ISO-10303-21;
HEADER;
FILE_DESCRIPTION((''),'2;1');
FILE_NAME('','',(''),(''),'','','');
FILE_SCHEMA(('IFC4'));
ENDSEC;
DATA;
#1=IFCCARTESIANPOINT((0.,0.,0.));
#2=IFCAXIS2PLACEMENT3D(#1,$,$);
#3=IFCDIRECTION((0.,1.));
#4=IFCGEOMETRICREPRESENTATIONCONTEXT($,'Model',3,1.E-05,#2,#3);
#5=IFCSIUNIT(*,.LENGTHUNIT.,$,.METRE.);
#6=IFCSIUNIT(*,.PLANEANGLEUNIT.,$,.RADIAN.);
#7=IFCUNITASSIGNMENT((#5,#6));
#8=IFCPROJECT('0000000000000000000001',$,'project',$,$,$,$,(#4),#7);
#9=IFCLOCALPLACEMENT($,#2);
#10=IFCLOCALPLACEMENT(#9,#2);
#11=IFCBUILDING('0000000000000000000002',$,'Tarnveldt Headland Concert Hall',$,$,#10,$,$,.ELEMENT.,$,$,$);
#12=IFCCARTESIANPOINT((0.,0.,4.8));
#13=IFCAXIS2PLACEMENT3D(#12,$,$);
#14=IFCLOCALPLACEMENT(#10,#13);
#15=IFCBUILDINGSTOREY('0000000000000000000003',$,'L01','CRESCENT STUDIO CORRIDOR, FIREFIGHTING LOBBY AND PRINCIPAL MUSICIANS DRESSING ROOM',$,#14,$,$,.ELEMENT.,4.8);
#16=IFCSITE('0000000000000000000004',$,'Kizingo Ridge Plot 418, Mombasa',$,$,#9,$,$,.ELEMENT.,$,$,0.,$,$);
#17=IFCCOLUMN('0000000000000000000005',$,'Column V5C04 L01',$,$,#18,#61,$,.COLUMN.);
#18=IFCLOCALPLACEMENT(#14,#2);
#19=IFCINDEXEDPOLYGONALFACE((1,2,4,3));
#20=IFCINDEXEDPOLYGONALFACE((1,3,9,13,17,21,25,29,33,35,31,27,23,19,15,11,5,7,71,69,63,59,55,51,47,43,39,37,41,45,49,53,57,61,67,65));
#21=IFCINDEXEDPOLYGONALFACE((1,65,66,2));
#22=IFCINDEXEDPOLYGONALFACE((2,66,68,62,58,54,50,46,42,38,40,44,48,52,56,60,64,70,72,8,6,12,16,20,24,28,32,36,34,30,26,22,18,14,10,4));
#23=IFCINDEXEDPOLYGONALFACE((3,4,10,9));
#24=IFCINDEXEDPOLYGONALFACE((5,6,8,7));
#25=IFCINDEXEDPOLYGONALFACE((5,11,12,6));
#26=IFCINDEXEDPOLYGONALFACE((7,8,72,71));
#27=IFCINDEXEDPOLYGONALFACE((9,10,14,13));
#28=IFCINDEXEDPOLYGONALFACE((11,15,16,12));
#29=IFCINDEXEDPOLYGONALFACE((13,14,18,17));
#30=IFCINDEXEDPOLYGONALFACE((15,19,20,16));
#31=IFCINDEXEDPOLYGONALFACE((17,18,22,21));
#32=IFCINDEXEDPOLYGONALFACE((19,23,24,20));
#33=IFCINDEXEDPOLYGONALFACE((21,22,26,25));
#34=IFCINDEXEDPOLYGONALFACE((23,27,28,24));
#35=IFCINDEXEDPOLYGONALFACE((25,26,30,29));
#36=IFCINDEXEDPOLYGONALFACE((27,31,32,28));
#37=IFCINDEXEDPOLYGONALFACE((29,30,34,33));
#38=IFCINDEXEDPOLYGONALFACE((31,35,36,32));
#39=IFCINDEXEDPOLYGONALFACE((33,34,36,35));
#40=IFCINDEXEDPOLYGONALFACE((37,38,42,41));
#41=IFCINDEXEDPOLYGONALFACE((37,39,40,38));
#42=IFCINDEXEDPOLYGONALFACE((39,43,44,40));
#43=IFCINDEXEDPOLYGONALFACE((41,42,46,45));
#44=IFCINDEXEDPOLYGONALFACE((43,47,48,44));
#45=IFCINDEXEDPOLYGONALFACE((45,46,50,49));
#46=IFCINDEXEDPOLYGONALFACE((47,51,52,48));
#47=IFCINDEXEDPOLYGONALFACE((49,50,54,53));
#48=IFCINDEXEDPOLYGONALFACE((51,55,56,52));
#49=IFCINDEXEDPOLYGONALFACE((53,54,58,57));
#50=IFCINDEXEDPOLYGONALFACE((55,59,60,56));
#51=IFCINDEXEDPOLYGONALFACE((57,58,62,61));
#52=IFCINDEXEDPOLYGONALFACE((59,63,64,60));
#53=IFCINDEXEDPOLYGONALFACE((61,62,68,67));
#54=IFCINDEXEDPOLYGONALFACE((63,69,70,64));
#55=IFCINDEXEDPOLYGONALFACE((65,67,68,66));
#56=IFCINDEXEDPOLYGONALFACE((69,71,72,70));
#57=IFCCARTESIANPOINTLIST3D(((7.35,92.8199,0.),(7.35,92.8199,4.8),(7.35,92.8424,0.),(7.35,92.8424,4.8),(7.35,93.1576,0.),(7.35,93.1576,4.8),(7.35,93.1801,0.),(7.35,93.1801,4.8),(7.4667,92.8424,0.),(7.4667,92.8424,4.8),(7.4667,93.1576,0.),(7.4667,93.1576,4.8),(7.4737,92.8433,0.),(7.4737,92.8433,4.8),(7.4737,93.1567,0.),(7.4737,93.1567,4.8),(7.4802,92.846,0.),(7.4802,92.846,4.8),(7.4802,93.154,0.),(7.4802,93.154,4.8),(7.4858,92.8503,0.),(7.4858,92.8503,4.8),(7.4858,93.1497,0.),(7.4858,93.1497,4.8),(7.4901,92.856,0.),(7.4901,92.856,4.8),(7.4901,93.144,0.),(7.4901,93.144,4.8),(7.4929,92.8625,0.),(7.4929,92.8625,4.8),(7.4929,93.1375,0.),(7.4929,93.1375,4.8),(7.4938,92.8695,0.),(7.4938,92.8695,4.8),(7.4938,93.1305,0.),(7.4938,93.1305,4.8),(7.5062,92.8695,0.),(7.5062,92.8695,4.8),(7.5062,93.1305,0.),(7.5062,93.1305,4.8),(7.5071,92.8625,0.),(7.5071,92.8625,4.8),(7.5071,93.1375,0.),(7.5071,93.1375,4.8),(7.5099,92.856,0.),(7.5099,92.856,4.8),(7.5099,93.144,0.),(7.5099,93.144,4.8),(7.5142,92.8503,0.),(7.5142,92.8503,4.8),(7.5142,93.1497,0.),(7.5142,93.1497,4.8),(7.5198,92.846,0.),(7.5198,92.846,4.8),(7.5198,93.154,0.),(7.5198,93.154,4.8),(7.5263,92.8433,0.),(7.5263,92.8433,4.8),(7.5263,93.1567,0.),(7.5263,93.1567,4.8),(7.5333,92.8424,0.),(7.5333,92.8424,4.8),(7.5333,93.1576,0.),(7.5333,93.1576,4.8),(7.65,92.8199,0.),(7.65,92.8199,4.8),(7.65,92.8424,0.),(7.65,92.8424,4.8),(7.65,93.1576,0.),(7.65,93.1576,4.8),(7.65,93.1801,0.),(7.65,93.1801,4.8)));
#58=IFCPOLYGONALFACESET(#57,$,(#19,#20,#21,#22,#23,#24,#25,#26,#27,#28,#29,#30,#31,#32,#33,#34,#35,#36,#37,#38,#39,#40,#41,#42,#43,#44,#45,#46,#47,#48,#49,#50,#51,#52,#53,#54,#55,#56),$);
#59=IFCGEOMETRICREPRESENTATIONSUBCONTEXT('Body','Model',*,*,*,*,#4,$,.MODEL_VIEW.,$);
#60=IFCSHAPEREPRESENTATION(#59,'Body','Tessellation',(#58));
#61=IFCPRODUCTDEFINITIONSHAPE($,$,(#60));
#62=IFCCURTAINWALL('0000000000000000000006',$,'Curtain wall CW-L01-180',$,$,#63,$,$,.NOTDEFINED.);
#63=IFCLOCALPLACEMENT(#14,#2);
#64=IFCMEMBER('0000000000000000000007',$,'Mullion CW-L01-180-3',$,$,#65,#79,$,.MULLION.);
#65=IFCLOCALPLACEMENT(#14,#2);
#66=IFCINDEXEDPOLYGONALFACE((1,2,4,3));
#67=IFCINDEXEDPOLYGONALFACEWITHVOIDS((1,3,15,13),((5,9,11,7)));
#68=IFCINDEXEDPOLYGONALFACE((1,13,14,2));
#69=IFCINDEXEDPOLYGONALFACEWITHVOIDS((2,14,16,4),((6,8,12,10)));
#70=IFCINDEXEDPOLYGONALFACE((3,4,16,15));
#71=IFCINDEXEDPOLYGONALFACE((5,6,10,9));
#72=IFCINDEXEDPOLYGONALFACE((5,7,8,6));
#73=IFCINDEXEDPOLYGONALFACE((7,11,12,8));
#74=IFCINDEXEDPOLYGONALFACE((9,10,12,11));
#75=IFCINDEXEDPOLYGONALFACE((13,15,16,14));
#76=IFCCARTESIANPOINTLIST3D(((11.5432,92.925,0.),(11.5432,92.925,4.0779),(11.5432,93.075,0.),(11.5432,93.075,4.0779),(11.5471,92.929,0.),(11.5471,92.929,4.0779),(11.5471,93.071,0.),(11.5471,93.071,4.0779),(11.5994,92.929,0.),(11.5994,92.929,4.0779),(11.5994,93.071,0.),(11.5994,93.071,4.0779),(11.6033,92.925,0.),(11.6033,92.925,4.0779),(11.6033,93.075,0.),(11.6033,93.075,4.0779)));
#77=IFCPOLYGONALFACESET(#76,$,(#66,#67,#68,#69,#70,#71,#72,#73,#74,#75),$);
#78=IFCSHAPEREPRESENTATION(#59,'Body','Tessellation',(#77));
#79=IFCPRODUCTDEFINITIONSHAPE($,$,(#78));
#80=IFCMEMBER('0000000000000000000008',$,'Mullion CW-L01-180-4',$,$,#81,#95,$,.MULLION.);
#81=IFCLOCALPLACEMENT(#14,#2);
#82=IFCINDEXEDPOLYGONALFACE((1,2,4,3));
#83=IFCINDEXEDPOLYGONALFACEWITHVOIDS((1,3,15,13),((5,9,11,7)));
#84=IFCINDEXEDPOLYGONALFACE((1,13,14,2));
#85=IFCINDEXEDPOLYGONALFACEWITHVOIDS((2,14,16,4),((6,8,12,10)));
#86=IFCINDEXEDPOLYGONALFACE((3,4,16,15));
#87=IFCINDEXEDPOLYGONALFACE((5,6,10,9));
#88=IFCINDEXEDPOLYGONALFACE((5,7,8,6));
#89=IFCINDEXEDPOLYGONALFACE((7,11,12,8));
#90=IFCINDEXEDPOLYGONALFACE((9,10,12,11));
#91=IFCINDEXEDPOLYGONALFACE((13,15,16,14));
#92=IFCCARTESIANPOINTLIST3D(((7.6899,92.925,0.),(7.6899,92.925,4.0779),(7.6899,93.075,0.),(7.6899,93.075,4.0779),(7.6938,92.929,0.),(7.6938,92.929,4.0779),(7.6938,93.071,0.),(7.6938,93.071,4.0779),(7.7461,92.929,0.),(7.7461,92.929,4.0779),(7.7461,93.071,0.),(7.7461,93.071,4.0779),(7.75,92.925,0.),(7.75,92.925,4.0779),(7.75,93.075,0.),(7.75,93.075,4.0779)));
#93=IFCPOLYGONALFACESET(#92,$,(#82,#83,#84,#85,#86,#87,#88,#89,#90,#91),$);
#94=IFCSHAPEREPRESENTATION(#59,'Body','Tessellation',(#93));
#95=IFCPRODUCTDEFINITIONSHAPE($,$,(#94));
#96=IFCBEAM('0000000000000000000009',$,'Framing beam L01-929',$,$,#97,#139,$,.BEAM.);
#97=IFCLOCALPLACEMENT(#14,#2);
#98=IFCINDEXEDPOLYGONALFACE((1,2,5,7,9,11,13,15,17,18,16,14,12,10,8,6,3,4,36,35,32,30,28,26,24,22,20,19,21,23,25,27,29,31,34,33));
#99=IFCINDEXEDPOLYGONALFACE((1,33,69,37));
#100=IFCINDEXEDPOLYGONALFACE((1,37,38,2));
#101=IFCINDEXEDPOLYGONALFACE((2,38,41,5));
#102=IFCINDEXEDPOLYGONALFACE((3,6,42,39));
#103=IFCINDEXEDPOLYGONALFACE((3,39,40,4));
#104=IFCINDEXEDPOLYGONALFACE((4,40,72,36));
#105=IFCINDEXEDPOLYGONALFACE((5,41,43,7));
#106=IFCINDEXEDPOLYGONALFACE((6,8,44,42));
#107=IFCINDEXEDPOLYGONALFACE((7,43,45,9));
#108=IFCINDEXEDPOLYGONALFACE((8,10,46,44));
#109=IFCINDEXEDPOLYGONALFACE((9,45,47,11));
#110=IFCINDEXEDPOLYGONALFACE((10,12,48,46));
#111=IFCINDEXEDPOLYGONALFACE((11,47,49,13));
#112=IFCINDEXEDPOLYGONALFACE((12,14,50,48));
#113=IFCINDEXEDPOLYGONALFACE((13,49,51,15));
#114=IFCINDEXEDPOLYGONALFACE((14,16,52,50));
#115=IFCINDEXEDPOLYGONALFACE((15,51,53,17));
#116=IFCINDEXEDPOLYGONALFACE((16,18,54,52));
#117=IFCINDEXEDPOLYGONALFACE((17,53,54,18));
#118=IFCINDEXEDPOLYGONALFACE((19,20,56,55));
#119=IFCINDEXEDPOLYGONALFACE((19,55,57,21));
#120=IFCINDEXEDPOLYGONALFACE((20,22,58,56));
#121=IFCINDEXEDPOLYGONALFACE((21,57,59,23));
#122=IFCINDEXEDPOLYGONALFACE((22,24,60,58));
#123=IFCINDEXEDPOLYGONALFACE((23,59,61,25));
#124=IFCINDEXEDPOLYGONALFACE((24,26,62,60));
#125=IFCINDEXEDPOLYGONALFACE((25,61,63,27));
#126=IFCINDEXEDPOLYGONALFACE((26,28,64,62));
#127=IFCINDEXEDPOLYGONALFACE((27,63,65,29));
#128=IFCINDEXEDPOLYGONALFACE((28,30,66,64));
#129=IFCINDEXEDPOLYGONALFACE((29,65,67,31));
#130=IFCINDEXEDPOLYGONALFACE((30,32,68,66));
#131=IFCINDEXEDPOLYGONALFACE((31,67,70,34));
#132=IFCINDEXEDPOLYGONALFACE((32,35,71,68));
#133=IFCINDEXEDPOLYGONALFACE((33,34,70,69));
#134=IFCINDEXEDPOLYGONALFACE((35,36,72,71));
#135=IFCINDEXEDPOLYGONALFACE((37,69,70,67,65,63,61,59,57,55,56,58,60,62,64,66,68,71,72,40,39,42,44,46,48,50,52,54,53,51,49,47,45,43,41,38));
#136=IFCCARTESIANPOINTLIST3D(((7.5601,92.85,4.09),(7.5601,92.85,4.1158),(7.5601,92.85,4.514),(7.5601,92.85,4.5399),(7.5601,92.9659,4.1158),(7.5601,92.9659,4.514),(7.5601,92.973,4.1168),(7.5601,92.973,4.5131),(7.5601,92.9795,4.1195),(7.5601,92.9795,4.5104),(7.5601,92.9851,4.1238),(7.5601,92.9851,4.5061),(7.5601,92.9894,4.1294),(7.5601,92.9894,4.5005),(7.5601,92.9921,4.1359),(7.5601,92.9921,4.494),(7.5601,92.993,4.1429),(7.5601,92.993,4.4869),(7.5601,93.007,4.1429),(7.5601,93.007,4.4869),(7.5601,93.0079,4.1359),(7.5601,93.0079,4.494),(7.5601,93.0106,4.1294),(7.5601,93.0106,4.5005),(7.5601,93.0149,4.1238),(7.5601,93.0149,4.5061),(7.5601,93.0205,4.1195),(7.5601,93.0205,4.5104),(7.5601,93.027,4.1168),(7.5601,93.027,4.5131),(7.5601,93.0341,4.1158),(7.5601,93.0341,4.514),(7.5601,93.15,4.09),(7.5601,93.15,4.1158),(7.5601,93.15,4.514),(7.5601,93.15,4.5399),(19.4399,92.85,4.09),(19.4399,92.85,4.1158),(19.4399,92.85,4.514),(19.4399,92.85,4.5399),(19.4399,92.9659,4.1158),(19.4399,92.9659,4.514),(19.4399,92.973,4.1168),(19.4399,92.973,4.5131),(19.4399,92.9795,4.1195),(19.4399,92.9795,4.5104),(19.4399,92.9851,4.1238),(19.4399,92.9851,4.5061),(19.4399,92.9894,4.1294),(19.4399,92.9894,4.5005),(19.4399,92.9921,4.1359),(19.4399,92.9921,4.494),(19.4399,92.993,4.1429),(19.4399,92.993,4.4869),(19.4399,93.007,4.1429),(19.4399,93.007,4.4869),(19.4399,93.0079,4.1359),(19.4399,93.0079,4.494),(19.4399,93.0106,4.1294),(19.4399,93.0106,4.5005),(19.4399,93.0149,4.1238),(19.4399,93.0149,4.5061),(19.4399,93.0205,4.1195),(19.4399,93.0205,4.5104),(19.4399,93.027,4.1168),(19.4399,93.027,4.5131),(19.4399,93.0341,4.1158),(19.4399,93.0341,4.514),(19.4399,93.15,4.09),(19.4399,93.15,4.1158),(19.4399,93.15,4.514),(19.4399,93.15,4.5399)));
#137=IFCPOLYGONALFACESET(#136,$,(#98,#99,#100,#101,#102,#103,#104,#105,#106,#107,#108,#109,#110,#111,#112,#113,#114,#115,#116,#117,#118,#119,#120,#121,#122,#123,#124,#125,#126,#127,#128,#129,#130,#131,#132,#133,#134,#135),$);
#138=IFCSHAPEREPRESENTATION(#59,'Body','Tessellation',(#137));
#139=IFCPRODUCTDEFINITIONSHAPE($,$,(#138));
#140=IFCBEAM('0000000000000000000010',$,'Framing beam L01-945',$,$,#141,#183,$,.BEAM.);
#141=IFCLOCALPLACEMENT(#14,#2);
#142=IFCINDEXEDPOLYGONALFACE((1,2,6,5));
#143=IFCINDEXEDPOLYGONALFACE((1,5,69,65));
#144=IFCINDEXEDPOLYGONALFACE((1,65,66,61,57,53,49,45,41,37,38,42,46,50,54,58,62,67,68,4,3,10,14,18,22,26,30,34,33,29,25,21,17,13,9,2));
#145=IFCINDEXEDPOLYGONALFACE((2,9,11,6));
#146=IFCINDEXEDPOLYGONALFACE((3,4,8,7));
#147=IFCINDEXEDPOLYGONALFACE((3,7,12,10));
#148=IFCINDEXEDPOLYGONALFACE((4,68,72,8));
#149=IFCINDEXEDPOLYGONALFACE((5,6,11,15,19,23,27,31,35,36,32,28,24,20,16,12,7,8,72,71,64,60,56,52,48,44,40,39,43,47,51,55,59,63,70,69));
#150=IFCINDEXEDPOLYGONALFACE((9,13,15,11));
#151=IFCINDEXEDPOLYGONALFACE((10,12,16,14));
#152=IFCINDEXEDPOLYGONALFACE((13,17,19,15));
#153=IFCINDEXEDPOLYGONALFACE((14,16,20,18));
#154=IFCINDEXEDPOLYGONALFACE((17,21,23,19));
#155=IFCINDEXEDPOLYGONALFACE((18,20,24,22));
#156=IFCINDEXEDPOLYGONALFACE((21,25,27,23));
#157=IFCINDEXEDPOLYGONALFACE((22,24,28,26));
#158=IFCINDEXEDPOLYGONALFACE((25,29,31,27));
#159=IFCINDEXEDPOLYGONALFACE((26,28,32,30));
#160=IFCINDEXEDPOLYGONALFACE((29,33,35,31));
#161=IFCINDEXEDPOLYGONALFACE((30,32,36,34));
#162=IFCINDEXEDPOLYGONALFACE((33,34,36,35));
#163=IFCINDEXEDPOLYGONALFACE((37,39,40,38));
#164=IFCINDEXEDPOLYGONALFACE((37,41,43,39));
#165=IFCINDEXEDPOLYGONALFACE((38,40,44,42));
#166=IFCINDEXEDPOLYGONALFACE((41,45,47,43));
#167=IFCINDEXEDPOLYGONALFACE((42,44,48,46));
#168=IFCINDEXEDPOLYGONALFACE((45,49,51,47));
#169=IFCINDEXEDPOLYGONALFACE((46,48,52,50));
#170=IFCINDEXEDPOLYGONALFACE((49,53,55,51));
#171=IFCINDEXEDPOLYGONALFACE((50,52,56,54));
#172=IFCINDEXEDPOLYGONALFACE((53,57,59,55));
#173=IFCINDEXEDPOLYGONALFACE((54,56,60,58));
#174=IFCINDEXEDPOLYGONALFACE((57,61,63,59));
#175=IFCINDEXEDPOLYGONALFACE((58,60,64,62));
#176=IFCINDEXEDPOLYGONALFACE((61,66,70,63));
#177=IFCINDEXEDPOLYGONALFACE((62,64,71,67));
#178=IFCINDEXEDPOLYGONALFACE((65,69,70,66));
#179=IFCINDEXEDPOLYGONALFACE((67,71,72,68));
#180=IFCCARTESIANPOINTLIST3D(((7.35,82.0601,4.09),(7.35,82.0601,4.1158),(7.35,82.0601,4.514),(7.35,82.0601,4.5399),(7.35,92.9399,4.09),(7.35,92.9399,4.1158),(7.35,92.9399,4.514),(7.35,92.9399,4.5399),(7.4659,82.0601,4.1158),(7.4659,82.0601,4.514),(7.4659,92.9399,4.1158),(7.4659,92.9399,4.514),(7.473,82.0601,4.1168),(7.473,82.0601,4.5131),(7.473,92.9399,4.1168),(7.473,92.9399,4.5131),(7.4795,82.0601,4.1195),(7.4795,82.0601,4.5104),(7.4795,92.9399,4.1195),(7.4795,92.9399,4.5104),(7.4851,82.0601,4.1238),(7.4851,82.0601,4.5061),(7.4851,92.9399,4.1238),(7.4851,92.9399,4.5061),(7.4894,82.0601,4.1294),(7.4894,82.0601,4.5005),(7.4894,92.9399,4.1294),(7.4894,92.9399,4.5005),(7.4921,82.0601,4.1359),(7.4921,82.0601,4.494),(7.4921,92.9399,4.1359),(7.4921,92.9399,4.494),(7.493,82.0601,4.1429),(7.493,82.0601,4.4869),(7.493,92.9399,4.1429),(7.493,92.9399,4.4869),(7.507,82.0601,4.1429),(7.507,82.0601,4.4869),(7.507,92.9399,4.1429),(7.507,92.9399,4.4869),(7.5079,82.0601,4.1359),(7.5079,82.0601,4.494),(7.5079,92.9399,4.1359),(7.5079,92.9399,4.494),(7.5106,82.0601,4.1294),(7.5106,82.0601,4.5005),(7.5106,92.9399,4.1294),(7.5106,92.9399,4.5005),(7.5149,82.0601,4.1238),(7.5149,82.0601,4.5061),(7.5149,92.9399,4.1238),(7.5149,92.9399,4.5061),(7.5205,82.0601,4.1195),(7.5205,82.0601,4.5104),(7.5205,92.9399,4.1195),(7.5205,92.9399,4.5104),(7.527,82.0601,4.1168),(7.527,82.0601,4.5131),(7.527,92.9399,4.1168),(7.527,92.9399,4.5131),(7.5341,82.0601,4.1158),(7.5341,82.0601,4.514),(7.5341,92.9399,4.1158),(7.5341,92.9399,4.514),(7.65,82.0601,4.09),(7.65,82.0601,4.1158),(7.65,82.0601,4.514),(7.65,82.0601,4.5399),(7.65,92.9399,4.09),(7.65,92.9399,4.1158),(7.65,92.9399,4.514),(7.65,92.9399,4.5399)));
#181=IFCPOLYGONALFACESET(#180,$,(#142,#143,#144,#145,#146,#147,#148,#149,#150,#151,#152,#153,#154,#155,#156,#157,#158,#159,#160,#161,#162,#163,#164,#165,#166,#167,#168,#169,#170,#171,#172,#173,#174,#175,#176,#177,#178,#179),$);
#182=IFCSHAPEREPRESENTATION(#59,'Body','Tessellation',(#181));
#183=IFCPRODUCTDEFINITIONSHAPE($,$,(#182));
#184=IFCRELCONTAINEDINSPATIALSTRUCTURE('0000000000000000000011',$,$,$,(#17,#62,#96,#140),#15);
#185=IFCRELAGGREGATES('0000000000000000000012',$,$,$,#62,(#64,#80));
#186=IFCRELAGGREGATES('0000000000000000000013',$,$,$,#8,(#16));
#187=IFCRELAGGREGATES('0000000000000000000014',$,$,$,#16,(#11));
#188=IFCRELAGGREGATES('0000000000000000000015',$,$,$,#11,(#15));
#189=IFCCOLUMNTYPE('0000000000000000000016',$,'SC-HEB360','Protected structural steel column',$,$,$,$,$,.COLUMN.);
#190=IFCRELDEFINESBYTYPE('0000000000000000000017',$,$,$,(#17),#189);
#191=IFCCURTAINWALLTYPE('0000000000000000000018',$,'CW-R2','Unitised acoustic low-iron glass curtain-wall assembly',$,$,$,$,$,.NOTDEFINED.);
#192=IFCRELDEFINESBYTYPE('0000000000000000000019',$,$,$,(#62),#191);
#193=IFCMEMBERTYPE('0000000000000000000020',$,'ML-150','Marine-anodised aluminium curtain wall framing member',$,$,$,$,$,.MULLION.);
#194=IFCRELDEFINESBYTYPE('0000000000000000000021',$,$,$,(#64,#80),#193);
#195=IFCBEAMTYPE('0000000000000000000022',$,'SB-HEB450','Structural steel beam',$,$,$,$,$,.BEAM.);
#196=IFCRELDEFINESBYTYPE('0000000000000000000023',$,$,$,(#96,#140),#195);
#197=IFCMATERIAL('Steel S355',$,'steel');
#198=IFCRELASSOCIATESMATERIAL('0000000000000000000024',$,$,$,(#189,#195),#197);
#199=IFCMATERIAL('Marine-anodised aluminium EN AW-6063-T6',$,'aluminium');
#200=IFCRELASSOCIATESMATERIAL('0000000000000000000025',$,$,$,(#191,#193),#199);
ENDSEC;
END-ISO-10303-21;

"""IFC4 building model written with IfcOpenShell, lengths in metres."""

from ifc_helpers import new_model, si_unit, direction, frame, origin, origin_2d, place, context, subcontext, project, spatial, hollow_rectangle, i_section, extrude, material, material_profile, profile_set, type_object, element, aggregate, save


model = new_model("IFC4")

# Units and contexts
model_context = context("Model", 3, precision=1e-05, world=origin(), true_north=direction((0.0, 1.0)))
body_context = subcontext(model_context, "Body", "Model", "MODEL_VIEW")
ifc_project = project(units=[si_unit("LENGTHUNIT", "METRE"), si_unit("PLANEANGLEUNIT", "RADIAN")], contexts=[model_context])

# Site, building, storey
site_placement = place(None, origin())
site = spatial("IfcSite", under=ifc_project, at=site_placement, Name="Kizingo Ridge Plot 418, Mombasa", CompositionType="ELEMENT", RefElevation=0.0)
building_placement = place(site_placement, origin())
building = spatial("IfcBuilding", under=site, at=building_placement, Name="Tarnveldt Headland Concert Hall", CompositionType="ELEMENT")
storey_placement = place(building_placement, frame((0.0, 0.0, 4.8)))
storey = spatial("IfcBuildingStorey", under=building, at=storey_placement, Name="L01", Description="CRESCENT STUDIO CORRIDOR, FIREFIGHTING LOBBY AND PRINCIPAL MUSICIANS DRESSING ROOM", CompositionType="ELEMENT", Elevation=4.8)

# Column
ifc_material_1 = material(Name="Steel S355", Category="steel")
ifc_material_profile_1 = material_profile(ifc_material_1, i_section(OverallWidth=0.3, OverallDepth=0.3601, WebThickness=0.0125, FlangeThickness=0.0225, FilletRadius=0.0271, at=origin_2d()), Name="HEB360", Category="steel")
ifc_profile_set_1 = profile_set([ifc_material_profile_1], Name="Steel S355")
column_type = type_object("IfcColumnType", Name="SC-HEB360", Description="Protected structural steel column", PredefinedType="COLUMN", material=ifc_profile_set_1)
column_placement = place(storey_placement, frame((7.5, 93.0, 0.0), z_axis=(0.0, 0.0, 1.0), x_axis=(1.0, 0.0, 0.0)))
element("IfcColumn", 1, at=column_placement, inside=storey, type_object=column_type, Name="Column V5C04 L01", PredefinedType="COLUMN", context=body_context, shape_type="SweptSolid", body=[
    extrude(i_section(OverallWidth=0.3, OverallDepth=0.3601, WebThickness=0.0125, FlangeThickness=0.0225, FilletRadius=0.0271, at=origin_2d()), origin(), (0.0, 0.0, 1.0), 4.8),
])

# Curtain wall, members
ifc_material_2 = material(Name="Marine-anodised aluminium EN AW-6063-T6", Category="aluminium")
curtain_wall_type = type_object("IfcCurtainWallType", Name="CW-R2", Description="Unitised acoustic low-iron glass curtain-wall assembly", PredefinedType="NOTDEFINED", material=ifc_material_2)
curtain_wall_placement = place(storey_placement, origin())
curtain_wall = element("IfcCurtainWall", 2, at=curtain_wall_placement, inside=storey, type_object=curtain_wall_type, Name="Curtain wall CW-L01-180", PredefinedType="NOTDEFINED")
ifc_material_profile_2 = material_profile(ifc_material_2, hollow_rectangle(XDim=0.0601, YDim=0.1499, WallThickness=0.0039, at=origin_2d()), Name="ALU MULLION 60x150x4", Category="aluminium")
ifc_profile_set_2 = profile_set([ifc_material_profile_2], Name="Marine-anodised aluminium EN AW-6063-T6")
member_type_1 = type_object("IfcMemberType", Name="ML-150", Description="Marine-anodised aluminium curtain wall framing member", PredefinedType="MULLION", material=ifc_profile_set_2)
member_1_placement = place(storey_placement, frame((11.5732, 93.0, 0.0), z_axis=(0.0, 0.0, 1.0), x_axis=(1.0, 0.0, 0.0)))
member_1 = element("IfcMember", 3, at=member_1_placement, type_object=member_type_1, Name="Mullion CW-L01-180-3", PredefinedType="MULLION", context=body_context, shape_type="SweptSolid", body=[
    extrude(hollow_rectangle(XDim=0.0601, YDim=0.1499, WallThickness=0.0039, at=origin_2d()), origin(), (0.0, 0.0, 1.0), 4.0779),
])
member_2_placement = place(storey_placement, frame((7.72, 93.0, 0.0), z_axis=(0.0, 0.0, 1.0), x_axis=(1.0, 0.0, 0.0)))
member_2 = element("IfcMember", 4, at=member_2_placement, type_object=member_type_1, Name="Mullion CW-L01-180-4", PredefinedType="MULLION", context=body_context, shape_type="SweptSolid", body=[
    extrude(hollow_rectangle(XDim=0.0601, YDim=0.1499, WallThickness=0.0039, at=origin_2d()), origin(), (0.0, 0.0, 1.0), 4.0779),
])

# Beams
ifc_material_profile_3 = material_profile(ifc_material_1, i_section(OverallWidth=0.3, OverallDepth=0.45, WebThickness=0.0139, FlangeThickness=0.0259, FilletRadius=0.0271, at=origin_2d()), Name="HEB450", Category="steel")
ifc_profile_set_3 = profile_set([ifc_material_profile_3], Name="Steel S355")
beam_type_1 = type_object("IfcBeamType", Name="SB-HEB450", Description="Structural steel beam", PredefinedType="BEAM", material=ifc_profile_set_3)
beam_placement = place(storey_placement, frame((7.5601, 93.0, 4.3149), z_axis=(1.0, 0.0, 0.0), x_axis=(0.0, 1.0, 0.0)))
element("IfcBeam", 5, at=beam_placement, inside=storey, type_object=beam_type_1, Name="Framing beam L01-929", PredefinedType="BEAM", context=body_context, shape_type="SweptSolid", body=[
    extrude(i_section(OverallWidth=0.3, OverallDepth=0.45, WebThickness=0.0139, FlangeThickness=0.0259, FilletRadius=0.0271, at=origin_2d()), origin(), (0.0, 0.0, 1.0), 11.8799),
])
for number, where, z_axis, x_axis, name in (
    (6, (7.5, 82.0601, 4.3149), (0.0, 1.0, 0.0), (-1.0, 0.0, 0.0), "Framing beam L01-945"),
):
    element("IfcBeam", number, at=place(storey_placement, frame(where, z_axis=z_axis, x_axis=x_axis)), inside=storey, type_object=beam_type_1, Name=name, PredefinedType="BEAM", context=body_context, shape_type="SweptSolid", body=[
        extrude(i_section(OverallWidth=0.3, OverallDepth=0.45, WebThickness=0.0139, FlangeThickness=0.0259, FilletRadius=0.0271, at=origin_2d()), origin(), (0.0, 0.0, 1.0), 10.8799),
    ])

aggregate(curtain_wall, [member_1, member_2])

save(model, "model.ifc")
